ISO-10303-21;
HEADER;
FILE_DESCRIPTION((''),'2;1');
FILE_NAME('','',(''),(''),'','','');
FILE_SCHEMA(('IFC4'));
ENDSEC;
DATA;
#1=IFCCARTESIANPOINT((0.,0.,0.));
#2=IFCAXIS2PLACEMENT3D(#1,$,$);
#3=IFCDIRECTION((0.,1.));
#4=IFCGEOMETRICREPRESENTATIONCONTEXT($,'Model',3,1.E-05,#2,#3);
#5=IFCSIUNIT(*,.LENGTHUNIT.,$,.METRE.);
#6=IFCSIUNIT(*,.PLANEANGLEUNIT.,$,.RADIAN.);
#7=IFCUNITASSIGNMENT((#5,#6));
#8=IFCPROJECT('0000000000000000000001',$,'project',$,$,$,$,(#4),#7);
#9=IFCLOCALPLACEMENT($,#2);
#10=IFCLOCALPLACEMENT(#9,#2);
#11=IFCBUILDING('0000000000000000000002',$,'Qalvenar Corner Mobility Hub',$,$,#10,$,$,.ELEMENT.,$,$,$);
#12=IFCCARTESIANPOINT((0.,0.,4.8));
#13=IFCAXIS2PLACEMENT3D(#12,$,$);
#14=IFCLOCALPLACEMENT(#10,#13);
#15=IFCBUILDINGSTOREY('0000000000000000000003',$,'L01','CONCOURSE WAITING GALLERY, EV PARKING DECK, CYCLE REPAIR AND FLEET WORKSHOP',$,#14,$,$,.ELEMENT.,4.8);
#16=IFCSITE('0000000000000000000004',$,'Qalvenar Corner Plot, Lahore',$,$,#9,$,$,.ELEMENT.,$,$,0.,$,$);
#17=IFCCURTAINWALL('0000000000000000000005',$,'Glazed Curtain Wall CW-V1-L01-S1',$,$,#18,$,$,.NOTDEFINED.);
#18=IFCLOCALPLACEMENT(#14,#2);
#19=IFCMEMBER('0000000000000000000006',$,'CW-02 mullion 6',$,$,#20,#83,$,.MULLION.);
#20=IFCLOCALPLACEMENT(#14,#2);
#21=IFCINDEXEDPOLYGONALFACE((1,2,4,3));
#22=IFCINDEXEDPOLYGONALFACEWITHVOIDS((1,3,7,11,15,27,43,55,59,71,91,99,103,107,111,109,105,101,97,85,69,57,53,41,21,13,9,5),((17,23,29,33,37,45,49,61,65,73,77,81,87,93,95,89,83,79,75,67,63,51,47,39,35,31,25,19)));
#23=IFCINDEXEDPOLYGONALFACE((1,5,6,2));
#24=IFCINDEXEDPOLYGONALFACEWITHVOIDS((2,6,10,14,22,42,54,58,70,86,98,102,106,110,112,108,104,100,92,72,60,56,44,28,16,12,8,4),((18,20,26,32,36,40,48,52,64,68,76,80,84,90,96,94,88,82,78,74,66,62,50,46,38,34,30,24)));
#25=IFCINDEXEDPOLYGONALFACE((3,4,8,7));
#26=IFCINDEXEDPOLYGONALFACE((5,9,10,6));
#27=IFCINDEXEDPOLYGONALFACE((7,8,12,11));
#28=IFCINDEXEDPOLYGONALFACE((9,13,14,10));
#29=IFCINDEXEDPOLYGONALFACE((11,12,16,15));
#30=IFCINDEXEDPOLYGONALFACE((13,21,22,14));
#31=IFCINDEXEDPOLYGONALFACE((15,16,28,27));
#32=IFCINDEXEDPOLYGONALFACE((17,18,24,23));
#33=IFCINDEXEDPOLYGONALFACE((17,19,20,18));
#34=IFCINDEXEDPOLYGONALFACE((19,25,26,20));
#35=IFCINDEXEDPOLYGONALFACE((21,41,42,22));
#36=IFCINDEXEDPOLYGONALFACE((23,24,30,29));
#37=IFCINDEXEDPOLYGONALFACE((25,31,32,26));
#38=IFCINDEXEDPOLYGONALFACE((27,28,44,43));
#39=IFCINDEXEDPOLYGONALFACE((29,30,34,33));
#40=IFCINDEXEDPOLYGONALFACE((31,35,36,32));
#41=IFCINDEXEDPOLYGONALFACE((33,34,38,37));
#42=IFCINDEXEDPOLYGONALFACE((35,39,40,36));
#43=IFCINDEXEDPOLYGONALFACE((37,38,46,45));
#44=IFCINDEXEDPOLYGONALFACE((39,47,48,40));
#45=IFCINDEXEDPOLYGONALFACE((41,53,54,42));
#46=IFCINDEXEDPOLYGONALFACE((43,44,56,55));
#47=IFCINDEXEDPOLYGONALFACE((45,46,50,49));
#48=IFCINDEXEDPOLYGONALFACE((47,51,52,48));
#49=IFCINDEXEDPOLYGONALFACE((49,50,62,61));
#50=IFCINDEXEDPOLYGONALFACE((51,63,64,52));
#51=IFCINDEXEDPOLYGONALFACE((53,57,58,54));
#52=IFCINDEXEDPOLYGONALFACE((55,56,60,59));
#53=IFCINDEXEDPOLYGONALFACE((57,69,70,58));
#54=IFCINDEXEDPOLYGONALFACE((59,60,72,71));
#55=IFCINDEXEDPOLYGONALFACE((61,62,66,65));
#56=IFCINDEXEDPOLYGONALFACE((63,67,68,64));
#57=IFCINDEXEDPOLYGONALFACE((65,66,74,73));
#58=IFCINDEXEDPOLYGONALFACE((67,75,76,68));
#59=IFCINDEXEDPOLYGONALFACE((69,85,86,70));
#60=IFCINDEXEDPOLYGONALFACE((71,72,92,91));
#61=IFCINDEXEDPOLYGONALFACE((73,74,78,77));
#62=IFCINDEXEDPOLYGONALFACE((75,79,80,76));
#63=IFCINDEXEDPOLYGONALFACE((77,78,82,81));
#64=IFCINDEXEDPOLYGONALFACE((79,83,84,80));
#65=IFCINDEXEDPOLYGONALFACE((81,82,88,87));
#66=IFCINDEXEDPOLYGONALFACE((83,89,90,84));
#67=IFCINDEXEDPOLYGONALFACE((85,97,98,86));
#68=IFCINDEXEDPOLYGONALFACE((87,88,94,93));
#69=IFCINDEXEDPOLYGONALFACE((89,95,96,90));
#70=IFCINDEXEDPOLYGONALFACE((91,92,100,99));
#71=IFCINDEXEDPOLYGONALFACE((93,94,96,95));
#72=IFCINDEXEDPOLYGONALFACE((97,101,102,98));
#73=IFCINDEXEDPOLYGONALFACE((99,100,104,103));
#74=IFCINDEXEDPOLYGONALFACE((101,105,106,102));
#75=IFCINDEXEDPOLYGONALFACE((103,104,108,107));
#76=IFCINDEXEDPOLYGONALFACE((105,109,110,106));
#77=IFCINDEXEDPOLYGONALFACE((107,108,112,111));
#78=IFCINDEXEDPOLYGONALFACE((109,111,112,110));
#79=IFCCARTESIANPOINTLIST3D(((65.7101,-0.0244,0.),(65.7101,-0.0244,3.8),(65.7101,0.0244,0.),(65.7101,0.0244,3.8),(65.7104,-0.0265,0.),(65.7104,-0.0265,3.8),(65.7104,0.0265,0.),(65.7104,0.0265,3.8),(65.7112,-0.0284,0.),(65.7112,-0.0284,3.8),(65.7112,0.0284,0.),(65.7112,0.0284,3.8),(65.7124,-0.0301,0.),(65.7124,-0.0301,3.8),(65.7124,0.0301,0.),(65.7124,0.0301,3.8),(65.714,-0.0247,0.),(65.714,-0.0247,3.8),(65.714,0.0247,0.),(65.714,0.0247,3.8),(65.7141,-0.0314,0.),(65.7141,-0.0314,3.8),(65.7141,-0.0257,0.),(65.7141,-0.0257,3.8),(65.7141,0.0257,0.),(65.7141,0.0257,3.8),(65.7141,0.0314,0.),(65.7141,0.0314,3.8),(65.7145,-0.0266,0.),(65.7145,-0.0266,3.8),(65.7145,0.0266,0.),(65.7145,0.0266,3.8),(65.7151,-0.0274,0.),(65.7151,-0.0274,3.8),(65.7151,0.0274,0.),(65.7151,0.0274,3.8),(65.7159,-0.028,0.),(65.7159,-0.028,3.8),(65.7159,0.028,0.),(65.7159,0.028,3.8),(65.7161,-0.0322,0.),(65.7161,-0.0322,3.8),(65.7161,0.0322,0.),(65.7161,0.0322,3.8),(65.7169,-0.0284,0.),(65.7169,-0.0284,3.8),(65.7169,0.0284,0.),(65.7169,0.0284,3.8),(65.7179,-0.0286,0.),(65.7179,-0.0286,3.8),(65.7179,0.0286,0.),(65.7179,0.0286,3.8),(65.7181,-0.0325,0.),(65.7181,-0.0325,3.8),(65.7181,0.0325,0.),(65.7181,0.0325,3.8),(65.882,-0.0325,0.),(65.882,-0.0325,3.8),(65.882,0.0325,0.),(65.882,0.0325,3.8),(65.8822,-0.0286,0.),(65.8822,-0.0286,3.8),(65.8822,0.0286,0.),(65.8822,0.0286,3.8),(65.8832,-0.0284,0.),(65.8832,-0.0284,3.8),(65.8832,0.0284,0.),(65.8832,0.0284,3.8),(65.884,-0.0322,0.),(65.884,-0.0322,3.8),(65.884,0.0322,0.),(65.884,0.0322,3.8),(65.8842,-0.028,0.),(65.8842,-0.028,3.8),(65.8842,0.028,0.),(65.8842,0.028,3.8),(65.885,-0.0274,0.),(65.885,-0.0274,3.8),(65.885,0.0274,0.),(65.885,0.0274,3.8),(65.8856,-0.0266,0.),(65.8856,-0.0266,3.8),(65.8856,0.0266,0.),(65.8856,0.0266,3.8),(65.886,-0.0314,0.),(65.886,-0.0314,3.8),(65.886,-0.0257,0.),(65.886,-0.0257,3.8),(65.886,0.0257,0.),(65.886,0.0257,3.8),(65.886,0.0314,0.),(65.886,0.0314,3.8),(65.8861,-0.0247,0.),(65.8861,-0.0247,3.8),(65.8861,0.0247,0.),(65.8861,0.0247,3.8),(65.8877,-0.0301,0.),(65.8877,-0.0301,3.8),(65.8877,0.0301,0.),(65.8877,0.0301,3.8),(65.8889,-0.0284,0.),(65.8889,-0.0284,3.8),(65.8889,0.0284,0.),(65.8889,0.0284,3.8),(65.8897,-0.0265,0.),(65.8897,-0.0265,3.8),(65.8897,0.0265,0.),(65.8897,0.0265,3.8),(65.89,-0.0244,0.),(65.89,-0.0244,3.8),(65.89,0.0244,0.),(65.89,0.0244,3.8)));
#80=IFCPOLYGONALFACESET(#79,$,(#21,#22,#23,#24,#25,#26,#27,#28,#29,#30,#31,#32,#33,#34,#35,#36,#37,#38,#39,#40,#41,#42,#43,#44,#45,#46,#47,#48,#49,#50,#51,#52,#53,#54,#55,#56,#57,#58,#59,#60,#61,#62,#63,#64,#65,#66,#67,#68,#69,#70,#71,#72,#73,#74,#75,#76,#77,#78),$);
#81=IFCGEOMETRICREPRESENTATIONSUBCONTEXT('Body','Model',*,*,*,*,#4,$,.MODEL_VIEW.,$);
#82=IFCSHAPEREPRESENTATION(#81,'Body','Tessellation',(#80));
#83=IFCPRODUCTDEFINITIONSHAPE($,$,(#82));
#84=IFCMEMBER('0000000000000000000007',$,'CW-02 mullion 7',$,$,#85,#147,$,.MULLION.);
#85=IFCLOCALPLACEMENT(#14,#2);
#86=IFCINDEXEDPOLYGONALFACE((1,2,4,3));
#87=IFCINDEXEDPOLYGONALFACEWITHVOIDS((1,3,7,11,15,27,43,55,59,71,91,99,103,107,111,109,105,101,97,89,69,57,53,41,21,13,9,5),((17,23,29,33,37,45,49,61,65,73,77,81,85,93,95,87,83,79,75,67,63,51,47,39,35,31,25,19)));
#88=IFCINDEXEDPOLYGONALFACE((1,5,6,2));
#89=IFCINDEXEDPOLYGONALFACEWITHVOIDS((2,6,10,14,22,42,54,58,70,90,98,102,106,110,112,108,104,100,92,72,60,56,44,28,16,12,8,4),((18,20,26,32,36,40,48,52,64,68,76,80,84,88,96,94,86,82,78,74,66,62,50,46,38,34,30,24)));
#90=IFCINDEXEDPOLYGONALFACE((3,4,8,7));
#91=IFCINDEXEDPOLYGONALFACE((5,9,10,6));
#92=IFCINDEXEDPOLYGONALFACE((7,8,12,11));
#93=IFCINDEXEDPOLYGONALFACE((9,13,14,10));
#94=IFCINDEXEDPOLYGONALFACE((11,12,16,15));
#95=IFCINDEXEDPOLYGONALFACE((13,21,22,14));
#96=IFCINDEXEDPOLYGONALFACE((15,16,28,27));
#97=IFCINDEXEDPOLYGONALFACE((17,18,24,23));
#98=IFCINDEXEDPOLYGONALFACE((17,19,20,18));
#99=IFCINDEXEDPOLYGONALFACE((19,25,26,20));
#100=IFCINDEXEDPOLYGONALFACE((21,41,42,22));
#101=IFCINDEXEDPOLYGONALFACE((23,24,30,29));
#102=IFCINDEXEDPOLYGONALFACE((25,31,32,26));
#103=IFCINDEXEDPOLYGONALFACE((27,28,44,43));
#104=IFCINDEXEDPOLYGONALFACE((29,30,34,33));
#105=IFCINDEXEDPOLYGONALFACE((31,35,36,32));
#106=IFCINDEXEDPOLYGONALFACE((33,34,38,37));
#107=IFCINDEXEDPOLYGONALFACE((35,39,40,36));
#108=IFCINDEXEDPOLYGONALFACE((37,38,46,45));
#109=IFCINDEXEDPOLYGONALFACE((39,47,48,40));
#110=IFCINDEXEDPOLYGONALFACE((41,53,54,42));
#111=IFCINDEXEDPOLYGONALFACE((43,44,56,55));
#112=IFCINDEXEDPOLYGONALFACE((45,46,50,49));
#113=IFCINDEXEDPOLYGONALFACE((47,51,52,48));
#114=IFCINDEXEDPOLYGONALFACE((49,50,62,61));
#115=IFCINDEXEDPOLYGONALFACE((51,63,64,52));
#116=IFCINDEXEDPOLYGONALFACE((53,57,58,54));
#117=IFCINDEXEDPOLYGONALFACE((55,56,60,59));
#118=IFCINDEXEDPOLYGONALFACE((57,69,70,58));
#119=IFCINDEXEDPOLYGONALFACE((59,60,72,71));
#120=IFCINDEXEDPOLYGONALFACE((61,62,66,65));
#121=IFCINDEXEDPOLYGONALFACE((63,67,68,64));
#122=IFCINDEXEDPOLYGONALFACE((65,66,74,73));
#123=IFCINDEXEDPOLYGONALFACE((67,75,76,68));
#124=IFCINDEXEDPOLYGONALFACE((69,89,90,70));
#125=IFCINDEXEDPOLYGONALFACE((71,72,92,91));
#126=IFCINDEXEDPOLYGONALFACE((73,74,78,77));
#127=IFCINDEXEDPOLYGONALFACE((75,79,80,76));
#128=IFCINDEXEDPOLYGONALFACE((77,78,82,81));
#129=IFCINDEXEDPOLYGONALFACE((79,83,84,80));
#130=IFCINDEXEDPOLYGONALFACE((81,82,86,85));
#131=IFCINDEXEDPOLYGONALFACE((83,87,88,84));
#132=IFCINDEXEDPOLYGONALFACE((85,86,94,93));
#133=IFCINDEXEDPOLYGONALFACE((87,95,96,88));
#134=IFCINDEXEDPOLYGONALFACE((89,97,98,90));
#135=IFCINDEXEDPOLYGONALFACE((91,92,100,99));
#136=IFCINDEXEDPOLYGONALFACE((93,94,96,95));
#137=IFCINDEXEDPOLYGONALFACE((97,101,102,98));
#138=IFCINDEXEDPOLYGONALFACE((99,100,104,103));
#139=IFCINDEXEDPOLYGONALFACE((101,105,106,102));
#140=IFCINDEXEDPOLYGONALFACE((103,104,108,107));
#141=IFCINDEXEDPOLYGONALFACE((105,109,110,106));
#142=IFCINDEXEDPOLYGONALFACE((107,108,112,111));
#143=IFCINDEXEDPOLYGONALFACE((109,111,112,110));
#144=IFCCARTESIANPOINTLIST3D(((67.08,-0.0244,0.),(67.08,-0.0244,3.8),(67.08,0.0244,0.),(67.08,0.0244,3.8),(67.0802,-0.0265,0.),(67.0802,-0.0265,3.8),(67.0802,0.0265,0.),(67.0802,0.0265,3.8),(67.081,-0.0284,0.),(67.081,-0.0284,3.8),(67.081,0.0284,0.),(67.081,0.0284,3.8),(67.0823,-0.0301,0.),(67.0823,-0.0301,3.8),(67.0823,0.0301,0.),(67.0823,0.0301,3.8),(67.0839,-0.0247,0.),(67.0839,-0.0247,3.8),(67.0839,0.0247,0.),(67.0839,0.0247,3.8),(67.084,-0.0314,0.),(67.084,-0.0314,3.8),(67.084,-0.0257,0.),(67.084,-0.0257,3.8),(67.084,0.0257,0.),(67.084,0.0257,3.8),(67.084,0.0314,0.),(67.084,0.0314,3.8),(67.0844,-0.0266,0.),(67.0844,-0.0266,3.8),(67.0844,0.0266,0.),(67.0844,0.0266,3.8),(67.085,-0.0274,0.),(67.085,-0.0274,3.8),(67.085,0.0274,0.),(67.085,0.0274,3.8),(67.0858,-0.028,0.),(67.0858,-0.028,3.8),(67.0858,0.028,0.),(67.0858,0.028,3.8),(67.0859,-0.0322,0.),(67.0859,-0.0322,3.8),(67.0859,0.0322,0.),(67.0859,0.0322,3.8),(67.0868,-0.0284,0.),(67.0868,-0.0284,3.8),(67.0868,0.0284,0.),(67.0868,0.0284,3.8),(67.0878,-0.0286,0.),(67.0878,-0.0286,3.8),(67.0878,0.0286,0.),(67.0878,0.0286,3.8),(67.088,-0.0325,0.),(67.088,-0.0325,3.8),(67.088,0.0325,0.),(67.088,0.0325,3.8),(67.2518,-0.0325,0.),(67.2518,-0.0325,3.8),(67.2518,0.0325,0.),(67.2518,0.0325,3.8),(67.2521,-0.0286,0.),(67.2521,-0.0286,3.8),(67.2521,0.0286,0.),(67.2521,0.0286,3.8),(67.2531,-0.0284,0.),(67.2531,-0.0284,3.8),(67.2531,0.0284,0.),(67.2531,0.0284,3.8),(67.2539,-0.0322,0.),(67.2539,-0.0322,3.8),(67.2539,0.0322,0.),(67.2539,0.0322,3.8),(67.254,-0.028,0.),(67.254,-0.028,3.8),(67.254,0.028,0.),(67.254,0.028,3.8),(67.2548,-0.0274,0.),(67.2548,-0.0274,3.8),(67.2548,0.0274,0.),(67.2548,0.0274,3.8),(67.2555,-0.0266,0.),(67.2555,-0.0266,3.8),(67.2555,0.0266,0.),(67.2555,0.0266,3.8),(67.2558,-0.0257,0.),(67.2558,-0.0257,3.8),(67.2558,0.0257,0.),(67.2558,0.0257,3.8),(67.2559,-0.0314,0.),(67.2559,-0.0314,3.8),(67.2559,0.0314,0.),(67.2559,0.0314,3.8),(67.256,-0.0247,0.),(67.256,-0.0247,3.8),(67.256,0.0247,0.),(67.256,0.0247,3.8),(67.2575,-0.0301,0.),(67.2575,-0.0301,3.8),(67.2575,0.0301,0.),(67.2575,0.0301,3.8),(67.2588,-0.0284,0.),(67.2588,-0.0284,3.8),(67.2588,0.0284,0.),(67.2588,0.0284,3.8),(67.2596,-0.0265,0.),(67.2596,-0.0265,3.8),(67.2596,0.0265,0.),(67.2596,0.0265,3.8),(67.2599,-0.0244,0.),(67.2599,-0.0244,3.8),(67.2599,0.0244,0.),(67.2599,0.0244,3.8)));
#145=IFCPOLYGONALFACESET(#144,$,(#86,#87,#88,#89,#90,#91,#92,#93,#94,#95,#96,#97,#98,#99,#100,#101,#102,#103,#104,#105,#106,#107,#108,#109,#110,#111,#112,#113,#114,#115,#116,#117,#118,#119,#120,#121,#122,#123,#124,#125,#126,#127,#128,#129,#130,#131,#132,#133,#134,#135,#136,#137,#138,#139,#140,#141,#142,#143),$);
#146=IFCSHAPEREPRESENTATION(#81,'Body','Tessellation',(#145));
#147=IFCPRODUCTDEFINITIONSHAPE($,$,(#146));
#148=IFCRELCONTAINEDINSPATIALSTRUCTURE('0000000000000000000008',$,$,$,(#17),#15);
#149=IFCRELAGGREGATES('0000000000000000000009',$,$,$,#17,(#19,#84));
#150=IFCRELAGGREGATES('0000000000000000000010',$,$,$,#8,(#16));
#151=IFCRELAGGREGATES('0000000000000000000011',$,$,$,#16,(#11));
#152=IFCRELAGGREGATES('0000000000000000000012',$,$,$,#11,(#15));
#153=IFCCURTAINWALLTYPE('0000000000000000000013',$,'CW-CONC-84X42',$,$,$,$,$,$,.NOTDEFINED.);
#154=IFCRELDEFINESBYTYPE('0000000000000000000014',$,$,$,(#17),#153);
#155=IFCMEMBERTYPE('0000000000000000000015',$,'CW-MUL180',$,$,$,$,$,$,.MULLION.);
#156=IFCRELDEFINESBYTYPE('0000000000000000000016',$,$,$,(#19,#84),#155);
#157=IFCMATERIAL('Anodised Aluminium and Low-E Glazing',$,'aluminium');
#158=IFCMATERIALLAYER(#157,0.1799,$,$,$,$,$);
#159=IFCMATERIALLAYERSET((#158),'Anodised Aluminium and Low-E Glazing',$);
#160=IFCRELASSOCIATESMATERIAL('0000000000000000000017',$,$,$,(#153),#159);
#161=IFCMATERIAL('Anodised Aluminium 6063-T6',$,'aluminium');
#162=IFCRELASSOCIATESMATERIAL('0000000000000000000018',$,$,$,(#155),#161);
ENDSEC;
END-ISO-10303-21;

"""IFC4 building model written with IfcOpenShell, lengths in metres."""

from ifc_helpers import new_model, si_unit, direction, frame, origin, origin_2d, place, context, subcontext, project, spatial, hollow_rectangle, extrude, material, layer, layer_set, material_profile, profile_set, type_object, element, aggregate, save


model = new_model("IFC4")

# Units and contexts
model_context = context("Model", 3, precision=1e-05, world=origin(), true_north=direction((0.0, 1.0)))
body_context = subcontext(model_context, "Body", "Model", "MODEL_VIEW")
ifc_project = project(units=[si_unit("LENGTHUNIT", "METRE"), si_unit("PLANEANGLEUNIT", "RADIAN")], contexts=[model_context])

# Site, building, storey
site_placement = place(None, origin())
site = spatial("IfcSite", under=ifc_project, at=site_placement, Name="Qalvenar Corner Plot, Lahore", CompositionType="ELEMENT", RefElevation=0.0)
building_placement = place(site_placement, origin())
building = spatial("IfcBuilding", under=site, at=building_placement, Name="Qalvenar Corner Mobility Hub", CompositionType="ELEMENT")
storey_placement = place(building_placement, frame((0.0, 0.0, 4.8)))
storey = spatial("IfcBuildingStorey", under=building, at=storey_placement, Name="L01", Description="CONCOURSE WAITING GALLERY, EV PARKING DECK, CYCLE REPAIR AND FLEET WORKSHOP", CompositionType="ELEMENT", Elevation=4.8)

# Curtain wall, members
ifc_material_1 = material(Name="Anodised Aluminium and Low-E Glazing", Category="aluminium")
ifc_layer_1 = layer(ifc_material_1, 0.1799)
ifc_layer_set_1 = layer_set([ifc_layer_1], Name="Anodised Aluminium and Low-E Glazing")
curtain_wall_type = type_object("IfcCurtainWallType", Name="CW-CONC-84X42", PredefinedType="NOTDEFINED", material=ifc_layer_set_1)
curtain_wall_1_placement = place(storey_placement, origin())
curtain_wall_1 = element("IfcCurtainWall", 1, at=curtain_wall_1_placement, inside=storey, type_object=curtain_wall_type, Name="Glazed Curtain Wall CW-V1-L01-S1", PredefinedType="NOTDEFINED")
ifc_material_2 = material(Name="Anodised Aluminium 6063-T6", Category="aluminium")
ifc_material_profile_1 = material_profile(ifc_material_2, hollow_rectangle(XDim=0.0649, YDim=0.1799, WallThickness=0.0039, InnerFilletRadius=0.0039, OuterFilletRadius=0.0081, at=origin_2d()), Name="RHS180x65x4")
ifc_profile_set_1 = profile_set([ifc_material_profile_1], Name="Anodised Aluminium 6063-T6")
member_type_1 = type_object("IfcMemberType", Name="CW-MUL180", PredefinedType="MULLION", material=ifc_profile_set_1)
member_1_placement = place(storey_placement, frame((65.8, 0.0, 0.0), z_axis=(0.0, 0.0, 1.0), x_axis=(0.0, 1.0, 0.0)))
member_1 = element("IfcMember", 2, at=member_1_placement, type_object=member_type_1, Name="CW-02 mullion 6", PredefinedType="MULLION", context=body_context, shape_type="SweptSolid", body=[
    extrude(hollow_rectangle(XDim=0.0649, YDim=0.1799, WallThickness=0.0039, InnerFilletRadius=0.0039, OuterFilletRadius=0.0081, at=origin_2d()), origin(), (0.0, 0.0, 1.0), 3.8),
])
member_2_placement = place(storey_placement, frame((67.1699, 0.0, 0.0), z_axis=(0.0, 0.0, 1.0), x_axis=(0.0, 1.0, 0.0)))
member_2 = element("IfcMember", 3, at=member_2_placement, type_object=member_type_1, Name="CW-02 mullion 7", PredefinedType="MULLION", context=body_context, shape_type="SweptSolid", body=[
    extrude(hollow_rectangle(XDim=0.0649, YDim=0.1799, WallThickness=0.0039, InnerFilletRadius=0.0039, OuterFilletRadius=0.0081, at=origin_2d()), origin(), (0.0, 0.0, 1.0), 3.8),
])

aggregate(curtain_wall_1, [member_1, member_2])

save(model, "model.ifc")
